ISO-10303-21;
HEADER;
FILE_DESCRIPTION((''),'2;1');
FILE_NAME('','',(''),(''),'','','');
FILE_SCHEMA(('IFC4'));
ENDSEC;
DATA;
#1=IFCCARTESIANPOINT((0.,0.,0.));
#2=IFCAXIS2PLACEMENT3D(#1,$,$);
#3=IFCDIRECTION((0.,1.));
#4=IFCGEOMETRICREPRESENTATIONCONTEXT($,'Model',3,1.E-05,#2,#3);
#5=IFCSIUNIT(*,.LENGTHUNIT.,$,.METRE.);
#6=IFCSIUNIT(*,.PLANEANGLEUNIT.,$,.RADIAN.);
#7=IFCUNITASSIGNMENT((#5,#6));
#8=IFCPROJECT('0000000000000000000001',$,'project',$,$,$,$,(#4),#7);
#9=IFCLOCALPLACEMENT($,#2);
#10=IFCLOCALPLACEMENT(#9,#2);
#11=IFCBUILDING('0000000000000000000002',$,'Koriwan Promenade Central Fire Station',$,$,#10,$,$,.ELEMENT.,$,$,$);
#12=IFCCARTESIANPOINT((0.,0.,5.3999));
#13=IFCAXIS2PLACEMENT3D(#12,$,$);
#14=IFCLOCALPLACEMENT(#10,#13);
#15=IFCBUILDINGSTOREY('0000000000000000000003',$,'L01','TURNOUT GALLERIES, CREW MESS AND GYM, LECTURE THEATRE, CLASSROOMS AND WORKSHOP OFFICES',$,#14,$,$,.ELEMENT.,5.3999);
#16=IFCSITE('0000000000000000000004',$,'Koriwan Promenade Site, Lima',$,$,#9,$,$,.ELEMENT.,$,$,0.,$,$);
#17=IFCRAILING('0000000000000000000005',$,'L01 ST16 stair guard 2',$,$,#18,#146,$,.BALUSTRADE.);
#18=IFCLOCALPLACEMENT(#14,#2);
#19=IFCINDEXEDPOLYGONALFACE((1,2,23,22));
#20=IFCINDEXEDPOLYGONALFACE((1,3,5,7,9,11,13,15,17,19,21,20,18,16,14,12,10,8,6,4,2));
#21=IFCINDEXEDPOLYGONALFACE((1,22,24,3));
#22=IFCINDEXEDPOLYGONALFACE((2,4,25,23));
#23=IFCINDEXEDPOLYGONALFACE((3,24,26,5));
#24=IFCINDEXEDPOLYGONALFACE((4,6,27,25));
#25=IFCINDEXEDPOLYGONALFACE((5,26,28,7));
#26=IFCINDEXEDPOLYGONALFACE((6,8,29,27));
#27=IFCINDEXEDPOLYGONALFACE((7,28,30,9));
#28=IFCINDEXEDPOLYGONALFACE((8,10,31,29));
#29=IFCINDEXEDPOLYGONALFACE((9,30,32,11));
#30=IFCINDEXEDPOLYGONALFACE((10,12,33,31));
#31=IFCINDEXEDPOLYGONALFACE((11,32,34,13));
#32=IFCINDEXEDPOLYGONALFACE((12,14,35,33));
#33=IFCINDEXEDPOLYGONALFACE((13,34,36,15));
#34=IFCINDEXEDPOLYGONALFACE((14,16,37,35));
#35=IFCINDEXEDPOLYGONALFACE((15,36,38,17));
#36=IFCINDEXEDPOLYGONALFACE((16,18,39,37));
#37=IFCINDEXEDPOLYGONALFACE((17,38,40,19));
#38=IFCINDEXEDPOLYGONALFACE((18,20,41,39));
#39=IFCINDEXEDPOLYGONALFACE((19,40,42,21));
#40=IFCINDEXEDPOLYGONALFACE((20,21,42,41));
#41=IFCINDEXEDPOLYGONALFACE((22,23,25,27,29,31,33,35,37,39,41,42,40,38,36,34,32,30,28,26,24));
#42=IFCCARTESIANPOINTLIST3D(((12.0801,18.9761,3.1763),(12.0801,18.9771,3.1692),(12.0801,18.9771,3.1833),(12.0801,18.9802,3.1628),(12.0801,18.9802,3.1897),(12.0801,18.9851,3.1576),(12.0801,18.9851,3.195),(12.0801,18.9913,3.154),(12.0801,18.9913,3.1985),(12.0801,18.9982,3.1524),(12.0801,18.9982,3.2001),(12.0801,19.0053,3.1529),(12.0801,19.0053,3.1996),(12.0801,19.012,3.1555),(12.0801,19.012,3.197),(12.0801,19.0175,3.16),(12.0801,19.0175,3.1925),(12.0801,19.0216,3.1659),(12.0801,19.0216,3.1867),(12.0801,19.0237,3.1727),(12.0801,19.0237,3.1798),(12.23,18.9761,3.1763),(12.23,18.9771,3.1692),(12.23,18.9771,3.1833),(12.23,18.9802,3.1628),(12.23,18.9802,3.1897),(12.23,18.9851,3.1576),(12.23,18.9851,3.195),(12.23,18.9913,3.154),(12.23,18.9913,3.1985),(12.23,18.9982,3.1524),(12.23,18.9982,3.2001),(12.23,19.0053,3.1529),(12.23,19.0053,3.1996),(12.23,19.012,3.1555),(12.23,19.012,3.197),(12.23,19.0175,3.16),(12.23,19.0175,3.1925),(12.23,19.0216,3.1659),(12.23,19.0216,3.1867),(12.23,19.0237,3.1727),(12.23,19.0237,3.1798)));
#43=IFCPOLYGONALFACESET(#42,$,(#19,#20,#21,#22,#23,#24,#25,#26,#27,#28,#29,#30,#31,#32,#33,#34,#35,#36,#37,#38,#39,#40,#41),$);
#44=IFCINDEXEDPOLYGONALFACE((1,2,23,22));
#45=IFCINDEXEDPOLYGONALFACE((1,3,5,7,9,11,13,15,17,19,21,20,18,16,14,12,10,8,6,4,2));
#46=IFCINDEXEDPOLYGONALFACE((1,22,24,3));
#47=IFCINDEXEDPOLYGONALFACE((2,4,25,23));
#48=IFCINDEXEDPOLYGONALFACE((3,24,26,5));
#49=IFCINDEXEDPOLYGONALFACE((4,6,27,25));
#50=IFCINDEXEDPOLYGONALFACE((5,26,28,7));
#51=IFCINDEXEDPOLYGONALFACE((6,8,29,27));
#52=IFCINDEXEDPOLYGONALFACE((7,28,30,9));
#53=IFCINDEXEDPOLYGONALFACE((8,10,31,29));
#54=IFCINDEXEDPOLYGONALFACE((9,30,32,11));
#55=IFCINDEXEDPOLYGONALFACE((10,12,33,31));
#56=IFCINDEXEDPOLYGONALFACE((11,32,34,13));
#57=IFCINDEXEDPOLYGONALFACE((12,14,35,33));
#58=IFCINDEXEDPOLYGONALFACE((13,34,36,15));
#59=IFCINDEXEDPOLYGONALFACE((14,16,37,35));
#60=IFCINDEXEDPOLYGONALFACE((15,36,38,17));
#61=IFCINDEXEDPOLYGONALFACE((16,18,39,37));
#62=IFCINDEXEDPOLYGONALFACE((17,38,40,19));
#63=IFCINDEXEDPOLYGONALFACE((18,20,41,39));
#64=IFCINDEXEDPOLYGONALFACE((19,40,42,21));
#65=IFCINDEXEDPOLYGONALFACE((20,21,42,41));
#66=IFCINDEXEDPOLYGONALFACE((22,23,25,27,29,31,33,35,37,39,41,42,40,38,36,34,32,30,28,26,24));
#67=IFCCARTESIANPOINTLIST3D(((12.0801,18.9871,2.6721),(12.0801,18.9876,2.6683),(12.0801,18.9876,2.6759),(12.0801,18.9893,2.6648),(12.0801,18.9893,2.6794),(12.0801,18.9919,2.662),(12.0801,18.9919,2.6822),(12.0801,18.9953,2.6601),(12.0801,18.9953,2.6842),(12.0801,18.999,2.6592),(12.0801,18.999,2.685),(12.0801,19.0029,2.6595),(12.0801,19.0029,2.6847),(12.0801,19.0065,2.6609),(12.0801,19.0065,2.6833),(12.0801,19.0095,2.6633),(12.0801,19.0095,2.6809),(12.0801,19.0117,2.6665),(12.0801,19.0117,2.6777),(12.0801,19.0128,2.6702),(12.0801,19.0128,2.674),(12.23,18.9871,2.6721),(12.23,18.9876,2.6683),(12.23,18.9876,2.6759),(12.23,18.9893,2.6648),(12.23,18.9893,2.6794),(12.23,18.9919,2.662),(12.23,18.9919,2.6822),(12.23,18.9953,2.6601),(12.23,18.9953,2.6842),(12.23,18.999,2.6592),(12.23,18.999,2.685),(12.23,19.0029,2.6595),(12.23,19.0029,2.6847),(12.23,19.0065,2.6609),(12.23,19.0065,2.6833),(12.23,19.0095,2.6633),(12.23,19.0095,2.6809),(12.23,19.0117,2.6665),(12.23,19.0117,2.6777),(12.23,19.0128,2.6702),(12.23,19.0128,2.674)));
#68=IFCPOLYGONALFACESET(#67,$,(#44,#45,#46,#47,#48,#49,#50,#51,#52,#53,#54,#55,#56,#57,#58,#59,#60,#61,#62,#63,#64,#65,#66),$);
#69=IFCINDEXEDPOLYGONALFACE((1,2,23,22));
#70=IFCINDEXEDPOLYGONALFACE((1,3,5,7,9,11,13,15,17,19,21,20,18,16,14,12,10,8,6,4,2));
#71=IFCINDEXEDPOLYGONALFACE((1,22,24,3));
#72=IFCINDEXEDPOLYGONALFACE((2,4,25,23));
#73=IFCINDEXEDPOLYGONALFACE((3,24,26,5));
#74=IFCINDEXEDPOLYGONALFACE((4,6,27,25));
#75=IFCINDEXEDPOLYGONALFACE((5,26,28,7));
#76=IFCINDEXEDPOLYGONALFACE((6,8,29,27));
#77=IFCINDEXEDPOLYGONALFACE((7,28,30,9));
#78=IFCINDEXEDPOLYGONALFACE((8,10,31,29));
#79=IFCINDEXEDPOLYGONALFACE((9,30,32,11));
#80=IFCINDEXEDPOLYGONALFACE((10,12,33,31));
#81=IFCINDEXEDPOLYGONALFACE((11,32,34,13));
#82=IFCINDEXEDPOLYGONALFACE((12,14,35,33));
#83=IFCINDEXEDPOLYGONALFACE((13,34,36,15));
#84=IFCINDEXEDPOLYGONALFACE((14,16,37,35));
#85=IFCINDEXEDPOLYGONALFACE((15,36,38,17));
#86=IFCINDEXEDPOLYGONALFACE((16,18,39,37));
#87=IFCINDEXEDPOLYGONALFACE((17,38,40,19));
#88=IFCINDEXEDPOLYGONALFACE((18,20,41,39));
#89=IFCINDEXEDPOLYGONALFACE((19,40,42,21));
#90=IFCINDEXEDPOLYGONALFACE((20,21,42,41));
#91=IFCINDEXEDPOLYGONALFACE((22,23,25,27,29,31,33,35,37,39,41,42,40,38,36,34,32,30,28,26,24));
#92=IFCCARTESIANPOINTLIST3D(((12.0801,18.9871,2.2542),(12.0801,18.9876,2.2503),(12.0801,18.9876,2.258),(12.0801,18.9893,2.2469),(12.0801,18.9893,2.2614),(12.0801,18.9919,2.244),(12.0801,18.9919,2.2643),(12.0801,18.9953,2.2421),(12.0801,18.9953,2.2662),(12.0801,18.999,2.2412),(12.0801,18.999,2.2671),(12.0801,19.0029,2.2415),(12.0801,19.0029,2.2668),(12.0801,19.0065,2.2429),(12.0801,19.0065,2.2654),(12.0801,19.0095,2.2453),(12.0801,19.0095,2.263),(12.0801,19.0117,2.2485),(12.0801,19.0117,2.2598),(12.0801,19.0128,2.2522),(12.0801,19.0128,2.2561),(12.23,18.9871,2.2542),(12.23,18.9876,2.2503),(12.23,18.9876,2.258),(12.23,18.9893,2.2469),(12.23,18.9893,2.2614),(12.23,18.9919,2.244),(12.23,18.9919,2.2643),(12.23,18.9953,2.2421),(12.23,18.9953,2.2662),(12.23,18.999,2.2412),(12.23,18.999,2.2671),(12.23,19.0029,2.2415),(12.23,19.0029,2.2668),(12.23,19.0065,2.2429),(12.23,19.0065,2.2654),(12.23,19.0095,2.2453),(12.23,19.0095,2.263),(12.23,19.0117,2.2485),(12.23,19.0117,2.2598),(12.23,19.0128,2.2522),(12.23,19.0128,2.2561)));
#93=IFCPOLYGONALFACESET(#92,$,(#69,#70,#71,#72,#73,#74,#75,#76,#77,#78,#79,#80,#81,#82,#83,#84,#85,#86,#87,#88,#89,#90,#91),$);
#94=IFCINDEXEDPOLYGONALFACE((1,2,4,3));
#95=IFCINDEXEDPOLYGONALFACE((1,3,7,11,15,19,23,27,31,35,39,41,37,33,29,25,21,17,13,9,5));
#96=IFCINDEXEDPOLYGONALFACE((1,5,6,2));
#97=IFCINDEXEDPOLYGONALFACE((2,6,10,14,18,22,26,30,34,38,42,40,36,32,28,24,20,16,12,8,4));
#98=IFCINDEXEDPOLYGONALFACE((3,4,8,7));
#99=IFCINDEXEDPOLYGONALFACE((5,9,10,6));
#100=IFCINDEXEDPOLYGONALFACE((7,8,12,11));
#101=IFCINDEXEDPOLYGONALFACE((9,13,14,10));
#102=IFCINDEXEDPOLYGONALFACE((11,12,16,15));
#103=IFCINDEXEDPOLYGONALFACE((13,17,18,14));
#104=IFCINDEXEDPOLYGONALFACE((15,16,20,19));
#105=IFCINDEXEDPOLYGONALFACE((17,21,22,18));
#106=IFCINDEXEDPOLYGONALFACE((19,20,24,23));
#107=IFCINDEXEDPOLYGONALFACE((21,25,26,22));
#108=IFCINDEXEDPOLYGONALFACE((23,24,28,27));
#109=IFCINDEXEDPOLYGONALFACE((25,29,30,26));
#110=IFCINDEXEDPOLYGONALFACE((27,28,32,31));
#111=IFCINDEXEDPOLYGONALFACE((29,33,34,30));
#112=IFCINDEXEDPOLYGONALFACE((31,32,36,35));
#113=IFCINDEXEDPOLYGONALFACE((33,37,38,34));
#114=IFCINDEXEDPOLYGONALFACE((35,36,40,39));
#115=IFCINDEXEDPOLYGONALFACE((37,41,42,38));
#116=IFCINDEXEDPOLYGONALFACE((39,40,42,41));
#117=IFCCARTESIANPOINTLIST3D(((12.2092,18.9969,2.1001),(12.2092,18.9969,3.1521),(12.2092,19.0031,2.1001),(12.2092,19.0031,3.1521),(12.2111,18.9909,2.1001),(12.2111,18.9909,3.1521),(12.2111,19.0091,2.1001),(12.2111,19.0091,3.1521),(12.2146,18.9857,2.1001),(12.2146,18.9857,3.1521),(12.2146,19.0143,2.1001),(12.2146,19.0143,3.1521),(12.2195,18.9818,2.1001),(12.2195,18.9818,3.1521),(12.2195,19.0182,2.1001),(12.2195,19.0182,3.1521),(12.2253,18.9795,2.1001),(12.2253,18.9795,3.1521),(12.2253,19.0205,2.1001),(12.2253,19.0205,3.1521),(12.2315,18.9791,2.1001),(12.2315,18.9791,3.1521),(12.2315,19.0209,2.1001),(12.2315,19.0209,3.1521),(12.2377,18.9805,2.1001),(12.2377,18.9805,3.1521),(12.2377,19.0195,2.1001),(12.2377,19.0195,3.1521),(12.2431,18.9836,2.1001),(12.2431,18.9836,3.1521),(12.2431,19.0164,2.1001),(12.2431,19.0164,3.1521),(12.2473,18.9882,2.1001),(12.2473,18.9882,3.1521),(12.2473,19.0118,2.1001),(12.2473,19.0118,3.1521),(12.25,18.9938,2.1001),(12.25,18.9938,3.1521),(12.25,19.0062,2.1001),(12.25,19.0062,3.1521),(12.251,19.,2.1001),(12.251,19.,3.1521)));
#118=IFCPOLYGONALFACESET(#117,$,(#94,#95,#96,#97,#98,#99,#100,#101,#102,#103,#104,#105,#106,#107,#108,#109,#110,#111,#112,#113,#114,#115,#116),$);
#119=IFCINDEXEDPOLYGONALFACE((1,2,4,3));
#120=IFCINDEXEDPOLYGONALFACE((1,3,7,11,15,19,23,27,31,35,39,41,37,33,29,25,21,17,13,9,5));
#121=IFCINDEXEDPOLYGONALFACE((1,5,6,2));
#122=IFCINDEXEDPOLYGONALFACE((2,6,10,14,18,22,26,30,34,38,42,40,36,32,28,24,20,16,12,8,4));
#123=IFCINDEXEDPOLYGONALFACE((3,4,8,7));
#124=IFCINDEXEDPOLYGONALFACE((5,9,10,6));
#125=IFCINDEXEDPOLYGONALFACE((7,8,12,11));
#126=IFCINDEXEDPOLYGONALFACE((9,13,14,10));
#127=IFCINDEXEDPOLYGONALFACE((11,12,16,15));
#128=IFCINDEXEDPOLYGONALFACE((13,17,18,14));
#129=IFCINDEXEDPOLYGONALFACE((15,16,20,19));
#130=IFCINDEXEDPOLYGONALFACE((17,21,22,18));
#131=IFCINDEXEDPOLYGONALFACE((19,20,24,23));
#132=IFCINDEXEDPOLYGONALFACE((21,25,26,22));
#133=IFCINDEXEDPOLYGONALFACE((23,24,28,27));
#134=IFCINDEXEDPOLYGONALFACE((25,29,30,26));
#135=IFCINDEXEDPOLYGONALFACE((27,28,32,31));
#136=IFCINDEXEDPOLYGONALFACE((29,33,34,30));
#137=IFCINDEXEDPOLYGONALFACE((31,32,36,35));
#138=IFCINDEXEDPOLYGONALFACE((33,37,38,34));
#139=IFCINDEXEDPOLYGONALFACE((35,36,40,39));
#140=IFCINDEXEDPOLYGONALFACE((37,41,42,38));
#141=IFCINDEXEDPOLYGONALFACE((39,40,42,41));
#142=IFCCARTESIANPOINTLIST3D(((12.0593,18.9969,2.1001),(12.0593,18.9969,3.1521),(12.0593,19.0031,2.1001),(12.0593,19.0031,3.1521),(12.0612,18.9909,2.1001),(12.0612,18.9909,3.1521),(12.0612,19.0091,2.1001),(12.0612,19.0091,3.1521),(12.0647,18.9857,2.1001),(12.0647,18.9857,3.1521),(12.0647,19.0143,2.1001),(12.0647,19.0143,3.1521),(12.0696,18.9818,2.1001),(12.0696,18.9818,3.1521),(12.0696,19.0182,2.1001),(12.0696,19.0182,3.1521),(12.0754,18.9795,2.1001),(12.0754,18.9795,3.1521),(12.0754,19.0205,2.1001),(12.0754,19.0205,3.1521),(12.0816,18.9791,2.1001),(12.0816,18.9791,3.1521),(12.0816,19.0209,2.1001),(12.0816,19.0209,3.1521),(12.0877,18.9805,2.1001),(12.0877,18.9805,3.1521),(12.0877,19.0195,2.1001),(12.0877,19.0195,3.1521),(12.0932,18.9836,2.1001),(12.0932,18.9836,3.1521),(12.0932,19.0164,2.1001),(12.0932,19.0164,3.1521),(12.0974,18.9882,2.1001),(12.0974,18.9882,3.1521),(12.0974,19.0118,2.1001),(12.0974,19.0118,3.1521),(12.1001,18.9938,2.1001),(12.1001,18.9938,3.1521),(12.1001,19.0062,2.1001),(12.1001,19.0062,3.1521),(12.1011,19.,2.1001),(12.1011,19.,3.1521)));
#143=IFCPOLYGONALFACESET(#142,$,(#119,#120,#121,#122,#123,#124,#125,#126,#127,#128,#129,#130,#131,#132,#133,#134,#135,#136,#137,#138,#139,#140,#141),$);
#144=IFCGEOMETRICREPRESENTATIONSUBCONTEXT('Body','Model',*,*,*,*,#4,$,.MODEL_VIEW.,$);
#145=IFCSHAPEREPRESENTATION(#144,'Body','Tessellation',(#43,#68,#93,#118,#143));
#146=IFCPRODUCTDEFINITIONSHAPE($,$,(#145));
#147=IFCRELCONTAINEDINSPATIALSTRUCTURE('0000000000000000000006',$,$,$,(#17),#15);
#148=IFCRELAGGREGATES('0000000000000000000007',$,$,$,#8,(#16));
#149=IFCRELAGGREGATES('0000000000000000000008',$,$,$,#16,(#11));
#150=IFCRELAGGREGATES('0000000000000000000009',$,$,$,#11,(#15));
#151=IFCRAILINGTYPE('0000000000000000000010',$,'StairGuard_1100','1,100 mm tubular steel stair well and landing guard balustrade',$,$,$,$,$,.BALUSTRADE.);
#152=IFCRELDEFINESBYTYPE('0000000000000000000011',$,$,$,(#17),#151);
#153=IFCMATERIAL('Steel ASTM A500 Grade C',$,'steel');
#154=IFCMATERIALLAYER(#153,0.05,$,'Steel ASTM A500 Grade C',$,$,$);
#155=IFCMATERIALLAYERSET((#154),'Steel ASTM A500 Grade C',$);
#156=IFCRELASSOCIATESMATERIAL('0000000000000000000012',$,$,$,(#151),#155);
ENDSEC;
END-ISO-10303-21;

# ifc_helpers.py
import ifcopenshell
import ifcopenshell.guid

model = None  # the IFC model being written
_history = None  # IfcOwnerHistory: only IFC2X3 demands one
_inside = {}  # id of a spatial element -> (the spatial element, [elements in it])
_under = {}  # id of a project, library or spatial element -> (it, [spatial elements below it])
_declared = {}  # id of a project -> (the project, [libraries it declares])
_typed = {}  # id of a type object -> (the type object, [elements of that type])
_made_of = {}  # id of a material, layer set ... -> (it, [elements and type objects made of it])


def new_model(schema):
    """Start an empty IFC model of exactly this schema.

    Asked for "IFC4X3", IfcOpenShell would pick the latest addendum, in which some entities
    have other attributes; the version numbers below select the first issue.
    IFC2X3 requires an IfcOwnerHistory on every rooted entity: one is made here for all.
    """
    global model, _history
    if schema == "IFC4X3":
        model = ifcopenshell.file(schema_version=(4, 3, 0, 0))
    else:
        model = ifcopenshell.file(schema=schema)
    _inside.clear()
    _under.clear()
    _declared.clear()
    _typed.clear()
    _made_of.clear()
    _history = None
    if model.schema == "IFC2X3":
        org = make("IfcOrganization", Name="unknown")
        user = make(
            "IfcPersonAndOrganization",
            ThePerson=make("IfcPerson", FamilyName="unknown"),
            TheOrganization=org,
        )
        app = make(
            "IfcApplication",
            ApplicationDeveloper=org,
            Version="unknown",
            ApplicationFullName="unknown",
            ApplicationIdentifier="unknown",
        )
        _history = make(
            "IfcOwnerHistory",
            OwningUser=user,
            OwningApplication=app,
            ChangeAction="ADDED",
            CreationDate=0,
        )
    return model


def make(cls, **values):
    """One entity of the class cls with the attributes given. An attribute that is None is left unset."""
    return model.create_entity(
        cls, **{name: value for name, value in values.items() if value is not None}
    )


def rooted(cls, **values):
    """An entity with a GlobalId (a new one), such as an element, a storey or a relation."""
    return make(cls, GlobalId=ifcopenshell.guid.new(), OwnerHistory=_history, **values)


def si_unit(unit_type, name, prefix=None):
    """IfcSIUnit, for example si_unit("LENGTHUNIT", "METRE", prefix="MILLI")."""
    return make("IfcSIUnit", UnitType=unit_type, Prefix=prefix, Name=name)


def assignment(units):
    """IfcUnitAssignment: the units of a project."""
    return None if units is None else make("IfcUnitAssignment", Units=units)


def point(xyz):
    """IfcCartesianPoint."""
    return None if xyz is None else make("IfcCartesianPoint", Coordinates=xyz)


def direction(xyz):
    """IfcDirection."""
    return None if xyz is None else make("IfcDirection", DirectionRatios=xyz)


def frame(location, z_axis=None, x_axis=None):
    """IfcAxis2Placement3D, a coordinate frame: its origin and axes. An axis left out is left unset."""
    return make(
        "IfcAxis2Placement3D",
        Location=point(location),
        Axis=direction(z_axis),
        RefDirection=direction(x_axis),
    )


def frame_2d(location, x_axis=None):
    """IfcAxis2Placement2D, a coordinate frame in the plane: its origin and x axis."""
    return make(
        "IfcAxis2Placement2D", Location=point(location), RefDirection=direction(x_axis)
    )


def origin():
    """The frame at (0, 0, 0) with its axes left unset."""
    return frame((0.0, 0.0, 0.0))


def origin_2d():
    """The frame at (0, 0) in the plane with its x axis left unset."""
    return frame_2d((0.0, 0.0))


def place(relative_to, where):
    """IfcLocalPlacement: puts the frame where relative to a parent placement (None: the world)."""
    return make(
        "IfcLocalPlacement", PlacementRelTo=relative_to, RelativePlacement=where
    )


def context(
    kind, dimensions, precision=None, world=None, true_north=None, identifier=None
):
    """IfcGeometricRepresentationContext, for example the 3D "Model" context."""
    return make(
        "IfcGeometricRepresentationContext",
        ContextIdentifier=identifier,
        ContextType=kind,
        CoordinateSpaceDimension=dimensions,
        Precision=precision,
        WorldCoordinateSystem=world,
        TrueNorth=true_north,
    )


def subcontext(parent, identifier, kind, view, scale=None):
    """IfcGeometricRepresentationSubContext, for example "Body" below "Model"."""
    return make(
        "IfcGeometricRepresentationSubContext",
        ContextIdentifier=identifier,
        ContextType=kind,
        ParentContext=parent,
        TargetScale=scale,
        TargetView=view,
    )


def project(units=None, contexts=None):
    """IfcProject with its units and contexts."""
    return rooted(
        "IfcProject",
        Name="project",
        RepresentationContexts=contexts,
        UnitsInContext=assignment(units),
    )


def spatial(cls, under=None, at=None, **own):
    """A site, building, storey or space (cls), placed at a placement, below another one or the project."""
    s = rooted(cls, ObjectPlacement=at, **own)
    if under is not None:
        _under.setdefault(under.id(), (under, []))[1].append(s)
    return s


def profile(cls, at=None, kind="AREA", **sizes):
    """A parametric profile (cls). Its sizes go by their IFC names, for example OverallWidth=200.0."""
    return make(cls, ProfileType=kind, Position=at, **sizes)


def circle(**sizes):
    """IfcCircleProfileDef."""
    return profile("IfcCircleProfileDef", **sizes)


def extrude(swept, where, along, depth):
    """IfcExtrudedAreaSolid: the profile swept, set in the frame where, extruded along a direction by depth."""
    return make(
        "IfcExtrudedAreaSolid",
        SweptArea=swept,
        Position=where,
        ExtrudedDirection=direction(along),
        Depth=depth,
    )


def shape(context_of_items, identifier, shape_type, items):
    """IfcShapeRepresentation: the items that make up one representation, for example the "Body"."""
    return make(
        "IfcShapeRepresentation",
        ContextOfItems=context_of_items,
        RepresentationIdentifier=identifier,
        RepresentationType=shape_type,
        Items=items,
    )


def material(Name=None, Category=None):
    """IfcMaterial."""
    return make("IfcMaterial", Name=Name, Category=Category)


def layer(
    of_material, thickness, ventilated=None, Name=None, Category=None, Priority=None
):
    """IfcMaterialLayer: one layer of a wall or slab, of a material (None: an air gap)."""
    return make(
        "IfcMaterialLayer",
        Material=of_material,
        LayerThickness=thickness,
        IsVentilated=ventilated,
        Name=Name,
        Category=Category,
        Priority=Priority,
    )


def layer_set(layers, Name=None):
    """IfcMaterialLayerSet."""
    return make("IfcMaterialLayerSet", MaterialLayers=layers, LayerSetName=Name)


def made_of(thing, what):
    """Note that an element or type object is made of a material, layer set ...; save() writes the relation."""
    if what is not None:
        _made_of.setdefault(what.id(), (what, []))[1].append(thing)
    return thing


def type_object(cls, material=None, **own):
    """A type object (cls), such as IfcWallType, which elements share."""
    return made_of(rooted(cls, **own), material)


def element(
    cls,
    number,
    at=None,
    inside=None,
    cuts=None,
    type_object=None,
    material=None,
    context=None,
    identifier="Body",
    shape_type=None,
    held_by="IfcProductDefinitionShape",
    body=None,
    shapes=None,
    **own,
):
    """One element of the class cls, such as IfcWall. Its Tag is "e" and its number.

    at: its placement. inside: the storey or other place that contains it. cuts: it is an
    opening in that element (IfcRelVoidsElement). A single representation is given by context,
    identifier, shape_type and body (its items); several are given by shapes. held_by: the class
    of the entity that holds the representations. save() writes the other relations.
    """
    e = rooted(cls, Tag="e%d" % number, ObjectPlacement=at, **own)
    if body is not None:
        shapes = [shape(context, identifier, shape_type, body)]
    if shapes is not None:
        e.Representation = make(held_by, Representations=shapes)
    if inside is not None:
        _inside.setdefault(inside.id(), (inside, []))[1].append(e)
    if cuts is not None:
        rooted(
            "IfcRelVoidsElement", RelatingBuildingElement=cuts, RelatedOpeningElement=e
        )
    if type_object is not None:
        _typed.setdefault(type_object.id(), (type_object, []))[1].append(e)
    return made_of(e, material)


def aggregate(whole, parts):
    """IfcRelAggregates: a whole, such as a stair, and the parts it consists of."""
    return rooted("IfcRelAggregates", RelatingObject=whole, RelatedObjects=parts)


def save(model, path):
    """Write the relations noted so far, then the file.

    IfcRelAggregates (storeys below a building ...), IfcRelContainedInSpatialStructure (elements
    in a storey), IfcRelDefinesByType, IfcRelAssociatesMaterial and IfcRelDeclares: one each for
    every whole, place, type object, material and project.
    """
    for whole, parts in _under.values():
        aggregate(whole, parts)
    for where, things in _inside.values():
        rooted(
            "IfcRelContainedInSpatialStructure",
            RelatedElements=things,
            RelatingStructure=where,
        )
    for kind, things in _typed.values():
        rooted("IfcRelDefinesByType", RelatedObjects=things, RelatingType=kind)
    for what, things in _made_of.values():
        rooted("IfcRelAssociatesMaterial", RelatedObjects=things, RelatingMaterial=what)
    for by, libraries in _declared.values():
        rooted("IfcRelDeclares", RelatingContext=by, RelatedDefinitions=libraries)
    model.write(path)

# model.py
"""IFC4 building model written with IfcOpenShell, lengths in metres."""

from ifc_helpers import new_model, si_unit, direction, frame, origin, origin_2d, place, context, subcontext, project, spatial, circle, extrude, material, layer, layer_set, type_object, element, save


model = new_model("IFC4")

# Units and contexts
model_context = context("Model", 3, precision=1e-05, world=origin(), true_north=direction((0.0, 1.0)))
body_context = subcontext(model_context, "Body", "Model", "MODEL_VIEW")
ifc_project = project(units=[si_unit("LENGTHUNIT", "METRE"), si_unit("PLANEANGLEUNIT", "RADIAN")], contexts=[model_context])

# Site, building, storey
site_placement = place(None, origin())
site = spatial("IfcSite", under=ifc_project, at=site_placement, Name="Koriwan Promenade Site, Lima", CompositionType="ELEMENT", RefElevation=0.0)
building_placement = place(site_placement, origin())
building = spatial("IfcBuilding", under=site, at=building_placement, Name="Koriwan Promenade Central Fire Station", CompositionType="ELEMENT")
storey_placement = place(building_placement, frame((0.0, 0.0, 5.3999)))
storey = spatial("IfcBuildingStorey", under=building, at=storey_placement, Name="L01", Description="TURNOUT GALLERIES, CREW MESS AND GYM, LECTURE THEATRE, CLASSROOMS AND WORKSHOP OFFICES", CompositionType="ELEMENT", Elevation=5.3999)

# Railing
ifc_material_1 = material(Name="Steel ASTM A500 Grade C", Category="steel")
ifc_layer_1 = layer(ifc_material_1, 0.05, Name="Steel ASTM A500 Grade C")
ifc_layer_set_1 = layer_set([ifc_layer_1], Name="Steel ASTM A500 Grade C")
railing_type_1 = type_object("IfcRailingType", Name="StairGuard_1100", Description="1,100 mm tubular steel stair well and landing guard balustrade", PredefinedType="BALUSTRADE", material=ifc_layer_set_1)
railing_1_placement = place(storey_placement, frame((12.23, 19.0, 2.1001)))
element("IfcRailing", 1, at=railing_1_placement, inside=storey, type_object=railing_type_1, Name="L01 ST16 stair guard 2", PredefinedType="BALUSTRADE", context=body_context, shape_type="SweptSolid", body=[
    extrude(circle(Radius=0.0239, at=origin_2d()), frame((0.0, 0.0, 1.0762), z_axis=(-1.0, 0.0, 0.0), x_axis=(0.0, -1.0, 0.0)), (0.0, 0.0, 1.0), 0.1499),
    extrude(circle(Radius=0.0129, at=origin_2d()), frame((0.0, 0.0, 0.572), z_axis=(-1.0, 0.0, 0.0), x_axis=(0.0, -1.0, 0.0)), (0.0, 0.0, 1.0), 0.1499),
    extrude(circle(Radius=0.0129, at=origin_2d()), frame((0.0, 0.0, 0.1541), z_axis=(-1.0, 0.0, 0.0), x_axis=(0.0, -1.0, 0.0)), (0.0, 0.0, 1.0), 0.1499),
    extrude(circle(Radius=0.021, at=origin_2d()), origin(), (0.0, 0.0, 1.0), 1.052),
    extrude(circle(Radius=0.021, at=origin_2d()), frame((-0.1499, 0.0, 0.0)), (0.0, 0.0, 1.0), 1.052),
])

save(model, "model.ifc")
